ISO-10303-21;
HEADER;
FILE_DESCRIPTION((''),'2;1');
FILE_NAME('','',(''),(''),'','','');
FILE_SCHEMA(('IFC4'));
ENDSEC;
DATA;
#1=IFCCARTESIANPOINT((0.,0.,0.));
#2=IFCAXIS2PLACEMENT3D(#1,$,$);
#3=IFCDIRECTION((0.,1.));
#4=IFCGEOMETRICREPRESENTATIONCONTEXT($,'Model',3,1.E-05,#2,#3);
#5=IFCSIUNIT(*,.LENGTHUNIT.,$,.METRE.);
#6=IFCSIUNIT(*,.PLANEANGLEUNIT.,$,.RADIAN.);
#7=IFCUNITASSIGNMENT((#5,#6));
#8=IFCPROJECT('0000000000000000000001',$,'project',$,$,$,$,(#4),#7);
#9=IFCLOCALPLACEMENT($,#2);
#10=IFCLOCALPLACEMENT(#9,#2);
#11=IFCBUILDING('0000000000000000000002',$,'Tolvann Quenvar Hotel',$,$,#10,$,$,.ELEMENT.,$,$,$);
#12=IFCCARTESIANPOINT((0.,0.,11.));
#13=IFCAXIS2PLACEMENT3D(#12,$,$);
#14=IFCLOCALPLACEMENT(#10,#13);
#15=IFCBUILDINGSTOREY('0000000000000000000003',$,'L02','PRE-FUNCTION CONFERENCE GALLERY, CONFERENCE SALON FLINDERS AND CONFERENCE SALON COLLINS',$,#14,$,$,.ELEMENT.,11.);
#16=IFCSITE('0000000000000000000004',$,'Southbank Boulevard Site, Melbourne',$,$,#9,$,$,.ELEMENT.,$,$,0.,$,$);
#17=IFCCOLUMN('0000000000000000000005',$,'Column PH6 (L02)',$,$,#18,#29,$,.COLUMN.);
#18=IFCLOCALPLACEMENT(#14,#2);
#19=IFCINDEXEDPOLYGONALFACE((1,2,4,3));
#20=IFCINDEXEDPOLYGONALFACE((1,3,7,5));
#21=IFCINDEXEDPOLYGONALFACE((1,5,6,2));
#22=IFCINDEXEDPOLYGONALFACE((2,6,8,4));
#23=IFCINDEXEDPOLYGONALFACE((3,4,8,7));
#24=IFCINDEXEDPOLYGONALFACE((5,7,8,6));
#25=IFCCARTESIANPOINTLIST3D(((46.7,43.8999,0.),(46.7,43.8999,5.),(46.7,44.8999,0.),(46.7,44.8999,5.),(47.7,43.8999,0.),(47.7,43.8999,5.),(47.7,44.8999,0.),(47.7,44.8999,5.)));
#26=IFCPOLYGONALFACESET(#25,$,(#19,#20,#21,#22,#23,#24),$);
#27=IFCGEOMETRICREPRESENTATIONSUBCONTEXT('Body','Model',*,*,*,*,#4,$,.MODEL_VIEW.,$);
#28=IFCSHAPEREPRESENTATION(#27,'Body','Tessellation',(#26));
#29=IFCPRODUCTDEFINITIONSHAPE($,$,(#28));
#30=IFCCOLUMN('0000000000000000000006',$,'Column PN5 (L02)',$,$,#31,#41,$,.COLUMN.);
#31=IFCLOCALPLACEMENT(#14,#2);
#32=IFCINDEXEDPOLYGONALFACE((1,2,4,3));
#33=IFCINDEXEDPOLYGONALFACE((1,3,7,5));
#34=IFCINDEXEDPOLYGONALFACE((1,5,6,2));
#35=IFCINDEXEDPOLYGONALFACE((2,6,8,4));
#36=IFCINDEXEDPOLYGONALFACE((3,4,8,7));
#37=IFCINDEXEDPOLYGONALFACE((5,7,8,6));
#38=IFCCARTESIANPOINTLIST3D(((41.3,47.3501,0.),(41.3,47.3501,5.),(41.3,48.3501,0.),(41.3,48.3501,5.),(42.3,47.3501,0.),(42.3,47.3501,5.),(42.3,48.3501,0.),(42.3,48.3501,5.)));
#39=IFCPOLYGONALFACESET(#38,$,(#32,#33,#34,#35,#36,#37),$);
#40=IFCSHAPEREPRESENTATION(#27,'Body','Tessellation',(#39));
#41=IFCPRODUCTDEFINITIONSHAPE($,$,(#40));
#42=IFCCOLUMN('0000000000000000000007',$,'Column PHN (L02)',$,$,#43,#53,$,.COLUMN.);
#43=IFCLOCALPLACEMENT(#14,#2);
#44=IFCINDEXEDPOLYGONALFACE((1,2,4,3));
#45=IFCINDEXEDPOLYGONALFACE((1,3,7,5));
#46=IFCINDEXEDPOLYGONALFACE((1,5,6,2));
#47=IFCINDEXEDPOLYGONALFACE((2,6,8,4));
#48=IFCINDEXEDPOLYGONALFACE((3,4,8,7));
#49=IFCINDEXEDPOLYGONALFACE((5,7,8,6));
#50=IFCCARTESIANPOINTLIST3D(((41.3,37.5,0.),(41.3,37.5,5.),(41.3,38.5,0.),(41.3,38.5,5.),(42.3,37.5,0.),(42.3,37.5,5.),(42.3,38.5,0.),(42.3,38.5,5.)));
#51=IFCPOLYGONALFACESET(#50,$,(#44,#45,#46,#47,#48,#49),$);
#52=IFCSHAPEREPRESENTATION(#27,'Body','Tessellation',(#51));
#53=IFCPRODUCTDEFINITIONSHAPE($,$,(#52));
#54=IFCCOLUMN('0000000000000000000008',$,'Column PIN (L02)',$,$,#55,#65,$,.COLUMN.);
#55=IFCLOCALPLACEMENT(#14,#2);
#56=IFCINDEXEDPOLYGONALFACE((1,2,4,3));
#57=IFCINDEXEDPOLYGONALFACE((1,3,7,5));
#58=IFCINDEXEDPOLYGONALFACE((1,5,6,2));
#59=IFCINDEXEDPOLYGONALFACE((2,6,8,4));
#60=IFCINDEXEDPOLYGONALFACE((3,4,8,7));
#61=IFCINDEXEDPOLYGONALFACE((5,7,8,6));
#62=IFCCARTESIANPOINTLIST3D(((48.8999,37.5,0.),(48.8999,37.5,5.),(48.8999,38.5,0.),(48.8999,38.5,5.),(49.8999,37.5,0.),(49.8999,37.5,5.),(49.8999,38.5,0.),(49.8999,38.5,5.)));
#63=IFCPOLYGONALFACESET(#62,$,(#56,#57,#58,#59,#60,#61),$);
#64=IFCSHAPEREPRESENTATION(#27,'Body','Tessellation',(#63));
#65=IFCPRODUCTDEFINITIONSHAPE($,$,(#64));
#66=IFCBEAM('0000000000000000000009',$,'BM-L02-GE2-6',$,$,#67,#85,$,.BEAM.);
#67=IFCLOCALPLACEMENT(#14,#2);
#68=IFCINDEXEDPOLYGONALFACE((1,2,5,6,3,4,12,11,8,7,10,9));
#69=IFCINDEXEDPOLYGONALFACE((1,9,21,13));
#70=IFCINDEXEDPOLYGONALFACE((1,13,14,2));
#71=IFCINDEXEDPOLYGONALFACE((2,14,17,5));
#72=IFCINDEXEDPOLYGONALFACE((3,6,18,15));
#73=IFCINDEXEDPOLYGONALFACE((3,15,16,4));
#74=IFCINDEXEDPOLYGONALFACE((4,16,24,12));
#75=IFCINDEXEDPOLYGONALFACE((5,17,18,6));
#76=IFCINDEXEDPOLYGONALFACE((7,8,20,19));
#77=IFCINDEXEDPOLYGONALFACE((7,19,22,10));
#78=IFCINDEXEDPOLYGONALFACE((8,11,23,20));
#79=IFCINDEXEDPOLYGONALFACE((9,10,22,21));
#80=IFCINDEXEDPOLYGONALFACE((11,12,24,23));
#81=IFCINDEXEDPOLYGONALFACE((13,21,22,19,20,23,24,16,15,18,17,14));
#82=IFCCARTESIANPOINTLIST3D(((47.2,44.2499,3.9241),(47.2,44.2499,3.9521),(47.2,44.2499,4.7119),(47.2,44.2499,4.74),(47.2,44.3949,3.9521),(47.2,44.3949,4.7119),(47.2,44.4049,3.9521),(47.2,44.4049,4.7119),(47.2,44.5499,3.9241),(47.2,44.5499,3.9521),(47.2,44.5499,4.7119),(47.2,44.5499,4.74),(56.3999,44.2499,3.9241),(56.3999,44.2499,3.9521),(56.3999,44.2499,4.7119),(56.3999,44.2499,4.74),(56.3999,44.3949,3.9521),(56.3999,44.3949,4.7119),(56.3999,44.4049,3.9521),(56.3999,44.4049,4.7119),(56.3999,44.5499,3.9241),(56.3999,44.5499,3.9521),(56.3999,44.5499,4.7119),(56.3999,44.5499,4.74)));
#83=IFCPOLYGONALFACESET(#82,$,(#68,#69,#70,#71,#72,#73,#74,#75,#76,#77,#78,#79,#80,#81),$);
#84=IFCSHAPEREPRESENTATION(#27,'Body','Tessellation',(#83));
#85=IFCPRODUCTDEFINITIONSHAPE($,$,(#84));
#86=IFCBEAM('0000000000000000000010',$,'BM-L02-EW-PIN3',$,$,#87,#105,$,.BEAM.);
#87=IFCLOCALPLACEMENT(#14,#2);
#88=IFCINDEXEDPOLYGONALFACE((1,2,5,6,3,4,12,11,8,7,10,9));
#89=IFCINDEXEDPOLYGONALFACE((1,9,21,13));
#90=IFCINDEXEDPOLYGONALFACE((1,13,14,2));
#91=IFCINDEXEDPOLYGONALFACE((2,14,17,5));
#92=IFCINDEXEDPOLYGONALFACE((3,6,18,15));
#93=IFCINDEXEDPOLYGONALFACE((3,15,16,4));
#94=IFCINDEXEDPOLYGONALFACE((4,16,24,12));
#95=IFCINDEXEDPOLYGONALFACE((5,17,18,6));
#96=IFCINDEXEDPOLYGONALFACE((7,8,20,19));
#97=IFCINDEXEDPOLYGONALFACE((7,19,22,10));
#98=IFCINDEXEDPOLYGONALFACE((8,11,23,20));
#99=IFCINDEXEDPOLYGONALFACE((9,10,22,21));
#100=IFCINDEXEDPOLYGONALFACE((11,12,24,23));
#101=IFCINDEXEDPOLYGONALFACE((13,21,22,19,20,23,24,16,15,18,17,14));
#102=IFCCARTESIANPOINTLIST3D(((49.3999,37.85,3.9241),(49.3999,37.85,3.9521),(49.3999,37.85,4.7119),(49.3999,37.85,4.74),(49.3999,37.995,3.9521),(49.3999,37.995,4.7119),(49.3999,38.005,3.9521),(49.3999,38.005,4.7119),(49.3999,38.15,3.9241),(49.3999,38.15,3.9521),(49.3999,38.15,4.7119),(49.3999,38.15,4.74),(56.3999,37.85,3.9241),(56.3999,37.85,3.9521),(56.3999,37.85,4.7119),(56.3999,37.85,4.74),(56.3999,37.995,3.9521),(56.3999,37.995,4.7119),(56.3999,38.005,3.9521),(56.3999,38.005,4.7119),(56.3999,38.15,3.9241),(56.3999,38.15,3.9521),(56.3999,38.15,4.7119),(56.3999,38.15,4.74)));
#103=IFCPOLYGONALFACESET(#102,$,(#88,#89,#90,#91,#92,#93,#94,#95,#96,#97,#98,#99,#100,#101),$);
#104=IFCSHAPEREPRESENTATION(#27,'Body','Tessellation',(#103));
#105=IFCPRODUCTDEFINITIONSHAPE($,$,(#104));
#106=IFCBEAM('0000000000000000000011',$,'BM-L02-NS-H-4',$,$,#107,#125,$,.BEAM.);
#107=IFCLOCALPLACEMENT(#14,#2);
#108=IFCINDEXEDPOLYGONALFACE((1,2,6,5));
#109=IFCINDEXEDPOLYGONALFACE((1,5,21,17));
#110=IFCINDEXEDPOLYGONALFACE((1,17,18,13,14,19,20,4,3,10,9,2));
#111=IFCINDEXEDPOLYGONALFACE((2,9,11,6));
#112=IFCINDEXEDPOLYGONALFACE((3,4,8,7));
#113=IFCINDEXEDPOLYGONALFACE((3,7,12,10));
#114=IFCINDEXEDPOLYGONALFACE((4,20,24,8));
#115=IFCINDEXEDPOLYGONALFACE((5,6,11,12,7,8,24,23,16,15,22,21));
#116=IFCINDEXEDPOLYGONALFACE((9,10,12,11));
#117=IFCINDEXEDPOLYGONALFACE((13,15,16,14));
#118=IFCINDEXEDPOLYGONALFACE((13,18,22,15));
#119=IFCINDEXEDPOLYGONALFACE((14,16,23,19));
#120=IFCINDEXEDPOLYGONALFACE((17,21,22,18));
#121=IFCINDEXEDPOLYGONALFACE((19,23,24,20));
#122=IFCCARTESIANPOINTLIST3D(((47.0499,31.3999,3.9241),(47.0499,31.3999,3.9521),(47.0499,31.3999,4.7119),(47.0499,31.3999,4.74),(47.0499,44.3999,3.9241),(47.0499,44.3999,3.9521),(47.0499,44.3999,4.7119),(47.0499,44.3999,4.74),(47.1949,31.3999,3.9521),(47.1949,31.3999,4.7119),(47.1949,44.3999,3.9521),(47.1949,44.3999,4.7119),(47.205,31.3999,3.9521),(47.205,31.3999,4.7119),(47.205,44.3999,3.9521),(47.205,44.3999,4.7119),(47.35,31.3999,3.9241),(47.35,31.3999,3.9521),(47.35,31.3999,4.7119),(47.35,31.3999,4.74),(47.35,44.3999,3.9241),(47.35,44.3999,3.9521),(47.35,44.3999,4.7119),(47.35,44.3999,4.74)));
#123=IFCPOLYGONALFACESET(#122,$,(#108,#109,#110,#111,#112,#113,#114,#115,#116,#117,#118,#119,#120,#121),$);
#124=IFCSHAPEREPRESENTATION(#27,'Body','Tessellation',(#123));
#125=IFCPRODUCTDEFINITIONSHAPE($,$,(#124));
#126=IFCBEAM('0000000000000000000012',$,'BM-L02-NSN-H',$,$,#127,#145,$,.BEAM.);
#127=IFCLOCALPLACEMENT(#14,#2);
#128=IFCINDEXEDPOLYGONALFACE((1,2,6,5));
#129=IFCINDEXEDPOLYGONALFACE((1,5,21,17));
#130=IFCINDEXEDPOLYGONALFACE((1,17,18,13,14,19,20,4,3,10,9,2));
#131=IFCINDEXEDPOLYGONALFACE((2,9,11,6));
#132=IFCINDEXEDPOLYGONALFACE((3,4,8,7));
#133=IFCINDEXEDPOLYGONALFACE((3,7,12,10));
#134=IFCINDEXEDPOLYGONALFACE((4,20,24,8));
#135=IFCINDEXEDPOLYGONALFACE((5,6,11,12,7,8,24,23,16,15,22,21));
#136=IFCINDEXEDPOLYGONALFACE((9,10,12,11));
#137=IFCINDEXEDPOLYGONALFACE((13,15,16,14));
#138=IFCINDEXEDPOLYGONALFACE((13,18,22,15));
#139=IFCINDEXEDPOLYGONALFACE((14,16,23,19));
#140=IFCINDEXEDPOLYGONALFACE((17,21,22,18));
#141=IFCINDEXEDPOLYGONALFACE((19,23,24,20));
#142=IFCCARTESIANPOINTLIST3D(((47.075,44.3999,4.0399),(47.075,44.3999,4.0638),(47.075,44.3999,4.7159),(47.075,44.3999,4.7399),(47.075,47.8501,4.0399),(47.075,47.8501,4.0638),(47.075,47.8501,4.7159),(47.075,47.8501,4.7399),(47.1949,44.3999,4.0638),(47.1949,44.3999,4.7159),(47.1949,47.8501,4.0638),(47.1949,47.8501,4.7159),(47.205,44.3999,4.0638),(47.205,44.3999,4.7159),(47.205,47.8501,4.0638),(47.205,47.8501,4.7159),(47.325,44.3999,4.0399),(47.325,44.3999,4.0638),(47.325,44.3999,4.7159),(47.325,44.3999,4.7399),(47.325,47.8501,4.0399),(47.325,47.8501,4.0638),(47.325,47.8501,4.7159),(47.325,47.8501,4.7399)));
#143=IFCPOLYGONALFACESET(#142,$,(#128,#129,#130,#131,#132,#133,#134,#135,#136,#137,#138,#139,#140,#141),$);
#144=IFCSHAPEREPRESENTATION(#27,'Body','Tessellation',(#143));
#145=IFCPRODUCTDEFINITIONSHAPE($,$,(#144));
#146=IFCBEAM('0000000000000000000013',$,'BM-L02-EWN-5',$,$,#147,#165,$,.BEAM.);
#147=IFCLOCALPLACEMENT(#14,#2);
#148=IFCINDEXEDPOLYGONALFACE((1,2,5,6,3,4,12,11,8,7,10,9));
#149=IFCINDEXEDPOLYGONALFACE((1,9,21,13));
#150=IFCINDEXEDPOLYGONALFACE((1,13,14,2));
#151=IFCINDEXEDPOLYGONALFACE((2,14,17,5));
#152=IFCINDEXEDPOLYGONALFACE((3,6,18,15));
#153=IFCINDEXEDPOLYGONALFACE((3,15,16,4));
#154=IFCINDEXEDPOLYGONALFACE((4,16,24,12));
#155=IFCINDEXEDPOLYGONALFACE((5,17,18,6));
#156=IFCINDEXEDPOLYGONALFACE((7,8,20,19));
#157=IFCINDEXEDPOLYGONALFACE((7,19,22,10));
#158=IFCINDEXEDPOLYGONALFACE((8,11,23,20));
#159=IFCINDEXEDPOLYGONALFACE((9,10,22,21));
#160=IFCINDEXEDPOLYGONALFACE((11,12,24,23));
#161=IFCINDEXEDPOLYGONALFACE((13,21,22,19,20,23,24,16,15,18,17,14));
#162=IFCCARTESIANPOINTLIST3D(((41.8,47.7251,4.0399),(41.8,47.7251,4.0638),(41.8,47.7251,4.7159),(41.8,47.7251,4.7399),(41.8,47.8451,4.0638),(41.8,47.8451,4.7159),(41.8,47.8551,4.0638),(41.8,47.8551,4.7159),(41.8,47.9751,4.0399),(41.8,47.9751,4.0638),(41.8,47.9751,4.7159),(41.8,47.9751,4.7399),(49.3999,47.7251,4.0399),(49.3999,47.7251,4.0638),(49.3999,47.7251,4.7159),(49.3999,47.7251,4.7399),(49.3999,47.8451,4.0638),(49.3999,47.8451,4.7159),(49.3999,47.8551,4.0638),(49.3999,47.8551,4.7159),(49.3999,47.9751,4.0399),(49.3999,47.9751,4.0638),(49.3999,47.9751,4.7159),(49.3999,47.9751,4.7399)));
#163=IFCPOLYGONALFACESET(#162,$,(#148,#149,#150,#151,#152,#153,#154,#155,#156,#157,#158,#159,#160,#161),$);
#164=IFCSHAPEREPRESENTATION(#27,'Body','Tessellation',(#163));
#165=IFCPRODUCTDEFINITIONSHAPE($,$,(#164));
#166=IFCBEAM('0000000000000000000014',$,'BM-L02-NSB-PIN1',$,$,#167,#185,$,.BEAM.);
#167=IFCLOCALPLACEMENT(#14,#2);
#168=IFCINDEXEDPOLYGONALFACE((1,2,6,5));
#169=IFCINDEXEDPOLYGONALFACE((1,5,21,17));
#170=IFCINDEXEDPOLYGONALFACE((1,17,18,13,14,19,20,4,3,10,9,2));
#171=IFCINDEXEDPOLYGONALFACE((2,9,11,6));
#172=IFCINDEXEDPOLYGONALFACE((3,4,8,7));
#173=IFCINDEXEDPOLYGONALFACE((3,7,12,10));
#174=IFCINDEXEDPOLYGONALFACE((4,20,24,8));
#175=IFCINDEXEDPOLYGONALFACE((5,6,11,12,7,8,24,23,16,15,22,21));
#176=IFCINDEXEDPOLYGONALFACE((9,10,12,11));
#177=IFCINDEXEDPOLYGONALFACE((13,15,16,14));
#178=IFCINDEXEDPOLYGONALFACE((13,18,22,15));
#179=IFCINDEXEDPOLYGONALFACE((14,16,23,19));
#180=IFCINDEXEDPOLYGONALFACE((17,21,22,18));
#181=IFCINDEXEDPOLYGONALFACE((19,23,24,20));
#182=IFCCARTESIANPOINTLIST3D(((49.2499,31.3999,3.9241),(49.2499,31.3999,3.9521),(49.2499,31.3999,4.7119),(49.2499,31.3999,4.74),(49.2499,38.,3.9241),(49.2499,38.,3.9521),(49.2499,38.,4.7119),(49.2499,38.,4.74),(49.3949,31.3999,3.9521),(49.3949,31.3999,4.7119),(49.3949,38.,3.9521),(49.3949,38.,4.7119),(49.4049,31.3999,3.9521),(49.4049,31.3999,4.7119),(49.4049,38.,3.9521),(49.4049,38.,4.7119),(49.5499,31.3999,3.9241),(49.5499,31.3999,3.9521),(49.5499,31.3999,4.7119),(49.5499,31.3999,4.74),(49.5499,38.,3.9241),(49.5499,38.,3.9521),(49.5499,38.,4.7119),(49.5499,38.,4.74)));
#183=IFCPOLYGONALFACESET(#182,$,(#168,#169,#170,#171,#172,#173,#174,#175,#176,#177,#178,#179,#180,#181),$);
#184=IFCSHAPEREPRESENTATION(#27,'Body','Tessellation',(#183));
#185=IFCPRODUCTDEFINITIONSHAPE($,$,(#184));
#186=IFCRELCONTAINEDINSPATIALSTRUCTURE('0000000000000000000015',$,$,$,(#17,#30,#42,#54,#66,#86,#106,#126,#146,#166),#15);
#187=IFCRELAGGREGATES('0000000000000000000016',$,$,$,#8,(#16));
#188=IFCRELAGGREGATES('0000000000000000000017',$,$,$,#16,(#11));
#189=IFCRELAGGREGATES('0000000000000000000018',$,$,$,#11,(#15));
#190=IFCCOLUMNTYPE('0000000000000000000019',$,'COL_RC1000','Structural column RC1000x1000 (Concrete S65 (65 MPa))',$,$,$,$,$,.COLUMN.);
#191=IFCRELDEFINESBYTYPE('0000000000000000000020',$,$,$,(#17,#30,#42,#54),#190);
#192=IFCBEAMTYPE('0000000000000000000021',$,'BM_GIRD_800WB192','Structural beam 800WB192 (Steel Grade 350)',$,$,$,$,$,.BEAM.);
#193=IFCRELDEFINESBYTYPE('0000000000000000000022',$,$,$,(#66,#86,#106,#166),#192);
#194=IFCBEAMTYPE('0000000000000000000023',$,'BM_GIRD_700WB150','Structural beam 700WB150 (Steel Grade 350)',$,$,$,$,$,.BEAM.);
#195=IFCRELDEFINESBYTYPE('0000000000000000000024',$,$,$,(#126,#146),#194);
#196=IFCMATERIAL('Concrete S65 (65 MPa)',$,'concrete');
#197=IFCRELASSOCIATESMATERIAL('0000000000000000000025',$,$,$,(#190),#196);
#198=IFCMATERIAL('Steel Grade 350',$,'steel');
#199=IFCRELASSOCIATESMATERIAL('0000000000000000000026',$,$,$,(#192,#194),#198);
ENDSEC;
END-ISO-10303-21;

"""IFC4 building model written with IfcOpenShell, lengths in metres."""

from ifc_helpers import new_model, si_unit, direction, frame, origin, origin_2d, place, context, subcontext, project, spatial, rectangle, i_section, extrude, source, transform, mapped, material, material_profile, profile_set, type_object, type_shapes, element, save


model = new_model("IFC4")

# Units and contexts
model_context = context("Model", 3, precision=1e-05, world=origin(), true_north=direction((0.0, 1.0)))
body_context = subcontext(model_context, "Body", "Model", "MODEL_VIEW")
ifc_project = project(units=[si_unit("LENGTHUNIT", "METRE"), si_unit("PLANEANGLEUNIT", "RADIAN")], contexts=[model_context])

# Site, building, storey
site_placement = place(None, origin())
site = spatial("IfcSite", under=ifc_project, at=site_placement, Name="Southbank Boulevard Site, Melbourne", CompositionType="ELEMENT", RefElevation=0.0)
building_placement = place(site_placement, origin())
building = spatial("IfcBuilding", under=site, at=building_placement, Name="Tolvann Quenvar Hotel", CompositionType="ELEMENT")
storey_placement = place(building_placement, frame((0.0, 0.0, 11.0)))
storey = spatial("IfcBuildingStorey", under=building, at=storey_placement, Name="L02", Description="PRE-FUNCTION CONFERENCE GALLERY, CONFERENCE SALON FLINDERS AND CONFERENCE SALON COLLINS", CompositionType="ELEMENT", Elevation=11.0)

# Columns
ifc_material_1 = material(Name="Concrete S65 (65 MPa)", Category="concrete")
ifc_material_profile_1 = material_profile(ifc_material_1, rectangle(XDim=1.0, YDim=1.0, at=origin_2d()), Name="RC1000x1000")
ifc_profile_set_1 = profile_set([ifc_material_profile_1], Name="Concrete S65 (65 MPa)")
column_type = type_object("IfcColumnType", Name="COL_RC1000", Description="Structural column RC1000x1000 (Concrete S65 (65 MPa))", PredefinedType="COLUMN", material=ifc_profile_set_1)
shared_shape_1 = source(origin(), body_context, "Body", "SweptSolid", [
    extrude(rectangle(XDim=1.0, YDim=1.0, at=origin_2d()), origin(), (0.0, 0.0, 1.0), 5.0),
])
type_shapes(column_type, [shared_shape_1])
for number, where, z_axis, x_axis, name in (
    (1, (47.2, 44.3999, 0.0), (0.0, 0.0, 1.0), (1.0, 0.0, 0.0), "Column PH6 (L02)"),
    (2, (41.8, 47.8501, 0.0), (0.0, 0.0, 1.0), (1.0, 0.0, 0.0), "Column PN5 (L02)"),
    (3, (41.8, 38.0, 0.0), (0.0, 0.0, 1.0), (1.0, 0.0, 0.0), "Column PHN (L02)"),
    (4, (49.3999, 38.0, 0.0), (0.0, 0.0, 1.0), (1.0, 0.0, 0.0), "Column PIN (L02)"),
):
    element("IfcColumn", number, at=place(storey_placement, frame(where, z_axis=z_axis, x_axis=x_axis)), inside=storey, type_object=column_type, Name=name, PredefinedType="COLUMN", context=body_context, shape_type="MappedRepresentation", body=[
        mapped(shared_shape_1, transform((0.0, 0.0, 0.0), x_axis=(1.0, 0.0, 0.0), y_axis=(0.0, 1.0, 0.0), z_axis=(0.0, 0.0, 1.0), scale=1.0)),
    ])

# Beams
ifc_material_2 = material(Name="Steel Grade 350", Category="steel")
ifc_material_profile_2 = material_profile(ifc_material_2, i_section(OverallWidth=0.3, OverallDepth=0.8159, WebThickness=0.01, FlangeThickness=0.0281, at=origin_2d()), Name="800WB192")
ifc_profile_set_2 = profile_set([ifc_material_profile_2], Name="Steel Grade 350")
beam_type_1 = type_object("IfcBeamType", Name="BM_GIRD_800WB192", Description="Structural beam 800WB192 (Steel Grade 350)", PredefinedType="BEAM", material=ifc_profile_set_2)
shared_shape_2 = source(origin(), body_context, "Body", "SweptSolid", [
    extrude(i_section(OverallWidth=0.3, OverallDepth=0.8159, WebThickness=0.01, FlangeThickness=0.0281, at=origin_2d()), origin(), (0.0, 0.0, 1.0), 9.2),
])
beam_1_placement = place(storey_placement, frame((47.2, 44.3999, 4.332), z_axis=(1.0, 0.0, 0.0), x_axis=(0.0, 1.0, 0.0)))
element("IfcBeam", 5, at=beam_1_placement, inside=storey, type_object=beam_type_1, Name="BM-L02-GE2-6", PredefinedType="BEAM", context=body_context, shape_type="MappedRepresentation", body=[
    mapped(shared_shape_2, transform((0.0, 0.0, 0.0), x_axis=(1.0, 0.0, 0.0), y_axis=(0.0, 1.0, 0.0), z_axis=(0.0, 0.0, 1.0), scale=1.0)),
])
shared_shape_3 = source(origin(), body_context, "Body", "SweptSolid", [
    extrude(i_section(OverallWidth=0.3, OverallDepth=0.8159, WebThickness=0.01, FlangeThickness=0.0281, at=origin_2d()), origin(), (0.0, 0.0, 1.0), 7.0),
])
beam_2_placement = place(storey_placement, frame((49.3999, 38.0, 4.332), z_axis=(1.0, 0.0, 0.0), x_axis=(0.0, 1.0, 0.0)))
element("IfcBeam", 6, at=beam_2_placement, inside=storey, type_object=beam_type_1, Name="BM-L02-EW-PIN3", PredefinedType="BEAM", context=body_context, shape_type="MappedRepresentation", body=[
    mapped(shared_shape_3, transform((0.0, 0.0, 0.0), x_axis=(1.0, 0.0, 0.0), y_axis=(0.0, 1.0, 0.0), z_axis=(0.0, 0.0, 1.0), scale=1.0)),
])
shared_shape_4 = source(origin(), body_context, "Body", "SweptSolid", [
    extrude(i_section(OverallWidth=0.3, OverallDepth=0.8159, WebThickness=0.01, FlangeThickness=0.0281, at=origin_2d()), origin(), (0.0, 0.0, 1.0), 13.0),
])
beam_3_placement = place(storey_placement, frame((47.2, 31.3999, 4.332), z_axis=(0.0, 1.0, 0.0), x_axis=(-1.0, 0.0, 0.0)))
element("IfcBeam", 7, at=beam_3_placement, inside=storey, type_object=beam_type_1, Name="BM-L02-NS-H-4", PredefinedType="BEAM", context=body_context, shape_type="MappedRepresentation", body=[
    mapped(shared_shape_4, transform((0.0, 0.0, 0.0), x_axis=(1.0, 0.0, 0.0), y_axis=(0.0, 1.0, 0.0), z_axis=(0.0, 0.0, 1.0), scale=1.0)),
])
ifc_material_profile_3 = material_profile(ifc_material_2, i_section(OverallWidth=0.25, OverallDepth=0.7, WebThickness=0.01, FlangeThickness=0.0239, at=origin_2d()), Name="700WB150")
ifc_profile_set_3 = profile_set([ifc_material_profile_3], Name="Steel Grade 350")
beam_type_2 = type_object("IfcBeamType", Name="BM_GIRD_700WB150", Description="Structural beam 700WB150 (Steel Grade 350)", PredefinedType="BEAM", material=ifc_profile_set_3)
shared_shape_5 = source(origin(), body_context, "Body", "SweptSolid", [
    extrude(i_section(OverallWidth=0.25, OverallDepth=0.7, WebThickness=0.01, FlangeThickness=0.0239, at=origin_2d()), origin(), (0.0, 0.0, 1.0), 3.4502),
])
beam_4_placement = place(storey_placement, frame((47.2, 44.3999, 4.3899), z_axis=(0.0, 1.0, 0.0), x_axis=(-1.0, 0.0, 0.0)))
element("IfcBeam", 8, at=beam_4_placement, inside=storey, type_object=beam_type_2, Name="BM-L02-NSN-H", PredefinedType="BEAM", context=body_context, shape_type="MappedRepresentation", body=[
    mapped(shared_shape_5, transform((0.0, 0.0, 0.0), x_axis=(1.0, 0.0, 0.0), y_axis=(0.0, 1.0, 0.0), z_axis=(0.0, 0.0, 1.0), scale=1.0)),
])
shared_shape_6 = source(origin(), body_context, "Body", "SweptSolid", [
    extrude(i_section(OverallWidth=0.25, OverallDepth=0.7, WebThickness=0.01, FlangeThickness=0.0239, at=origin_2d()), origin(), (0.0, 0.0, 1.0), 7.5999),
])
type_shapes(beam_type_2, [shared_shape_5, shared_shape_6])
beam_5_placement = place(storey_placement, frame((41.8, 47.8501, 4.3899), z_axis=(1.0, 0.0, 0.0), x_axis=(0.0, 1.0, 0.0)))
element("IfcBeam", 9, at=beam_5_placement, inside=storey, type_object=beam_type_2, Name="BM-L02-EWN-5", PredefinedType="BEAM", context=body_context, shape_type="MappedRepresentation", body=[
    mapped(shared_shape_6, transform((0.0, 0.0, 0.0), x_axis=(1.0, 0.0, 0.0), y_axis=(0.0, 1.0, 0.0), z_axis=(0.0, 0.0, 1.0), scale=1.0)),
])
shared_shape_7 = source(origin(), body_context, "Body", "SweptSolid", [
    extrude(i_section(OverallWidth=0.3, OverallDepth=0.8159, WebThickness=0.01, FlangeThickness=0.0281, at=origin_2d()), origin(), (0.0, 0.0, 1.0), 6.6001),
])
beam_6_placement = place(storey_placement, frame((49.3999, 31.3999, 4.332), z_axis=(0.0, 1.0, 0.0), x_axis=(-1.0, 0.0, 0.0)))
element("IfcBeam", 10, at=beam_6_placement, inside=storey, type_object=beam_type_1, Name="BM-L02-NSB-PIN1", PredefinedType="BEAM", context=body_context, shape_type="MappedRepresentation", body=[
    mapped(shared_shape_7, transform((0.0, 0.0, 0.0), x_axis=(1.0, 0.0, 0.0), y_axis=(0.0, 1.0, 0.0), z_axis=(0.0, 0.0, 1.0), scale=1.0)),
])

save(model, "model.ifc")
